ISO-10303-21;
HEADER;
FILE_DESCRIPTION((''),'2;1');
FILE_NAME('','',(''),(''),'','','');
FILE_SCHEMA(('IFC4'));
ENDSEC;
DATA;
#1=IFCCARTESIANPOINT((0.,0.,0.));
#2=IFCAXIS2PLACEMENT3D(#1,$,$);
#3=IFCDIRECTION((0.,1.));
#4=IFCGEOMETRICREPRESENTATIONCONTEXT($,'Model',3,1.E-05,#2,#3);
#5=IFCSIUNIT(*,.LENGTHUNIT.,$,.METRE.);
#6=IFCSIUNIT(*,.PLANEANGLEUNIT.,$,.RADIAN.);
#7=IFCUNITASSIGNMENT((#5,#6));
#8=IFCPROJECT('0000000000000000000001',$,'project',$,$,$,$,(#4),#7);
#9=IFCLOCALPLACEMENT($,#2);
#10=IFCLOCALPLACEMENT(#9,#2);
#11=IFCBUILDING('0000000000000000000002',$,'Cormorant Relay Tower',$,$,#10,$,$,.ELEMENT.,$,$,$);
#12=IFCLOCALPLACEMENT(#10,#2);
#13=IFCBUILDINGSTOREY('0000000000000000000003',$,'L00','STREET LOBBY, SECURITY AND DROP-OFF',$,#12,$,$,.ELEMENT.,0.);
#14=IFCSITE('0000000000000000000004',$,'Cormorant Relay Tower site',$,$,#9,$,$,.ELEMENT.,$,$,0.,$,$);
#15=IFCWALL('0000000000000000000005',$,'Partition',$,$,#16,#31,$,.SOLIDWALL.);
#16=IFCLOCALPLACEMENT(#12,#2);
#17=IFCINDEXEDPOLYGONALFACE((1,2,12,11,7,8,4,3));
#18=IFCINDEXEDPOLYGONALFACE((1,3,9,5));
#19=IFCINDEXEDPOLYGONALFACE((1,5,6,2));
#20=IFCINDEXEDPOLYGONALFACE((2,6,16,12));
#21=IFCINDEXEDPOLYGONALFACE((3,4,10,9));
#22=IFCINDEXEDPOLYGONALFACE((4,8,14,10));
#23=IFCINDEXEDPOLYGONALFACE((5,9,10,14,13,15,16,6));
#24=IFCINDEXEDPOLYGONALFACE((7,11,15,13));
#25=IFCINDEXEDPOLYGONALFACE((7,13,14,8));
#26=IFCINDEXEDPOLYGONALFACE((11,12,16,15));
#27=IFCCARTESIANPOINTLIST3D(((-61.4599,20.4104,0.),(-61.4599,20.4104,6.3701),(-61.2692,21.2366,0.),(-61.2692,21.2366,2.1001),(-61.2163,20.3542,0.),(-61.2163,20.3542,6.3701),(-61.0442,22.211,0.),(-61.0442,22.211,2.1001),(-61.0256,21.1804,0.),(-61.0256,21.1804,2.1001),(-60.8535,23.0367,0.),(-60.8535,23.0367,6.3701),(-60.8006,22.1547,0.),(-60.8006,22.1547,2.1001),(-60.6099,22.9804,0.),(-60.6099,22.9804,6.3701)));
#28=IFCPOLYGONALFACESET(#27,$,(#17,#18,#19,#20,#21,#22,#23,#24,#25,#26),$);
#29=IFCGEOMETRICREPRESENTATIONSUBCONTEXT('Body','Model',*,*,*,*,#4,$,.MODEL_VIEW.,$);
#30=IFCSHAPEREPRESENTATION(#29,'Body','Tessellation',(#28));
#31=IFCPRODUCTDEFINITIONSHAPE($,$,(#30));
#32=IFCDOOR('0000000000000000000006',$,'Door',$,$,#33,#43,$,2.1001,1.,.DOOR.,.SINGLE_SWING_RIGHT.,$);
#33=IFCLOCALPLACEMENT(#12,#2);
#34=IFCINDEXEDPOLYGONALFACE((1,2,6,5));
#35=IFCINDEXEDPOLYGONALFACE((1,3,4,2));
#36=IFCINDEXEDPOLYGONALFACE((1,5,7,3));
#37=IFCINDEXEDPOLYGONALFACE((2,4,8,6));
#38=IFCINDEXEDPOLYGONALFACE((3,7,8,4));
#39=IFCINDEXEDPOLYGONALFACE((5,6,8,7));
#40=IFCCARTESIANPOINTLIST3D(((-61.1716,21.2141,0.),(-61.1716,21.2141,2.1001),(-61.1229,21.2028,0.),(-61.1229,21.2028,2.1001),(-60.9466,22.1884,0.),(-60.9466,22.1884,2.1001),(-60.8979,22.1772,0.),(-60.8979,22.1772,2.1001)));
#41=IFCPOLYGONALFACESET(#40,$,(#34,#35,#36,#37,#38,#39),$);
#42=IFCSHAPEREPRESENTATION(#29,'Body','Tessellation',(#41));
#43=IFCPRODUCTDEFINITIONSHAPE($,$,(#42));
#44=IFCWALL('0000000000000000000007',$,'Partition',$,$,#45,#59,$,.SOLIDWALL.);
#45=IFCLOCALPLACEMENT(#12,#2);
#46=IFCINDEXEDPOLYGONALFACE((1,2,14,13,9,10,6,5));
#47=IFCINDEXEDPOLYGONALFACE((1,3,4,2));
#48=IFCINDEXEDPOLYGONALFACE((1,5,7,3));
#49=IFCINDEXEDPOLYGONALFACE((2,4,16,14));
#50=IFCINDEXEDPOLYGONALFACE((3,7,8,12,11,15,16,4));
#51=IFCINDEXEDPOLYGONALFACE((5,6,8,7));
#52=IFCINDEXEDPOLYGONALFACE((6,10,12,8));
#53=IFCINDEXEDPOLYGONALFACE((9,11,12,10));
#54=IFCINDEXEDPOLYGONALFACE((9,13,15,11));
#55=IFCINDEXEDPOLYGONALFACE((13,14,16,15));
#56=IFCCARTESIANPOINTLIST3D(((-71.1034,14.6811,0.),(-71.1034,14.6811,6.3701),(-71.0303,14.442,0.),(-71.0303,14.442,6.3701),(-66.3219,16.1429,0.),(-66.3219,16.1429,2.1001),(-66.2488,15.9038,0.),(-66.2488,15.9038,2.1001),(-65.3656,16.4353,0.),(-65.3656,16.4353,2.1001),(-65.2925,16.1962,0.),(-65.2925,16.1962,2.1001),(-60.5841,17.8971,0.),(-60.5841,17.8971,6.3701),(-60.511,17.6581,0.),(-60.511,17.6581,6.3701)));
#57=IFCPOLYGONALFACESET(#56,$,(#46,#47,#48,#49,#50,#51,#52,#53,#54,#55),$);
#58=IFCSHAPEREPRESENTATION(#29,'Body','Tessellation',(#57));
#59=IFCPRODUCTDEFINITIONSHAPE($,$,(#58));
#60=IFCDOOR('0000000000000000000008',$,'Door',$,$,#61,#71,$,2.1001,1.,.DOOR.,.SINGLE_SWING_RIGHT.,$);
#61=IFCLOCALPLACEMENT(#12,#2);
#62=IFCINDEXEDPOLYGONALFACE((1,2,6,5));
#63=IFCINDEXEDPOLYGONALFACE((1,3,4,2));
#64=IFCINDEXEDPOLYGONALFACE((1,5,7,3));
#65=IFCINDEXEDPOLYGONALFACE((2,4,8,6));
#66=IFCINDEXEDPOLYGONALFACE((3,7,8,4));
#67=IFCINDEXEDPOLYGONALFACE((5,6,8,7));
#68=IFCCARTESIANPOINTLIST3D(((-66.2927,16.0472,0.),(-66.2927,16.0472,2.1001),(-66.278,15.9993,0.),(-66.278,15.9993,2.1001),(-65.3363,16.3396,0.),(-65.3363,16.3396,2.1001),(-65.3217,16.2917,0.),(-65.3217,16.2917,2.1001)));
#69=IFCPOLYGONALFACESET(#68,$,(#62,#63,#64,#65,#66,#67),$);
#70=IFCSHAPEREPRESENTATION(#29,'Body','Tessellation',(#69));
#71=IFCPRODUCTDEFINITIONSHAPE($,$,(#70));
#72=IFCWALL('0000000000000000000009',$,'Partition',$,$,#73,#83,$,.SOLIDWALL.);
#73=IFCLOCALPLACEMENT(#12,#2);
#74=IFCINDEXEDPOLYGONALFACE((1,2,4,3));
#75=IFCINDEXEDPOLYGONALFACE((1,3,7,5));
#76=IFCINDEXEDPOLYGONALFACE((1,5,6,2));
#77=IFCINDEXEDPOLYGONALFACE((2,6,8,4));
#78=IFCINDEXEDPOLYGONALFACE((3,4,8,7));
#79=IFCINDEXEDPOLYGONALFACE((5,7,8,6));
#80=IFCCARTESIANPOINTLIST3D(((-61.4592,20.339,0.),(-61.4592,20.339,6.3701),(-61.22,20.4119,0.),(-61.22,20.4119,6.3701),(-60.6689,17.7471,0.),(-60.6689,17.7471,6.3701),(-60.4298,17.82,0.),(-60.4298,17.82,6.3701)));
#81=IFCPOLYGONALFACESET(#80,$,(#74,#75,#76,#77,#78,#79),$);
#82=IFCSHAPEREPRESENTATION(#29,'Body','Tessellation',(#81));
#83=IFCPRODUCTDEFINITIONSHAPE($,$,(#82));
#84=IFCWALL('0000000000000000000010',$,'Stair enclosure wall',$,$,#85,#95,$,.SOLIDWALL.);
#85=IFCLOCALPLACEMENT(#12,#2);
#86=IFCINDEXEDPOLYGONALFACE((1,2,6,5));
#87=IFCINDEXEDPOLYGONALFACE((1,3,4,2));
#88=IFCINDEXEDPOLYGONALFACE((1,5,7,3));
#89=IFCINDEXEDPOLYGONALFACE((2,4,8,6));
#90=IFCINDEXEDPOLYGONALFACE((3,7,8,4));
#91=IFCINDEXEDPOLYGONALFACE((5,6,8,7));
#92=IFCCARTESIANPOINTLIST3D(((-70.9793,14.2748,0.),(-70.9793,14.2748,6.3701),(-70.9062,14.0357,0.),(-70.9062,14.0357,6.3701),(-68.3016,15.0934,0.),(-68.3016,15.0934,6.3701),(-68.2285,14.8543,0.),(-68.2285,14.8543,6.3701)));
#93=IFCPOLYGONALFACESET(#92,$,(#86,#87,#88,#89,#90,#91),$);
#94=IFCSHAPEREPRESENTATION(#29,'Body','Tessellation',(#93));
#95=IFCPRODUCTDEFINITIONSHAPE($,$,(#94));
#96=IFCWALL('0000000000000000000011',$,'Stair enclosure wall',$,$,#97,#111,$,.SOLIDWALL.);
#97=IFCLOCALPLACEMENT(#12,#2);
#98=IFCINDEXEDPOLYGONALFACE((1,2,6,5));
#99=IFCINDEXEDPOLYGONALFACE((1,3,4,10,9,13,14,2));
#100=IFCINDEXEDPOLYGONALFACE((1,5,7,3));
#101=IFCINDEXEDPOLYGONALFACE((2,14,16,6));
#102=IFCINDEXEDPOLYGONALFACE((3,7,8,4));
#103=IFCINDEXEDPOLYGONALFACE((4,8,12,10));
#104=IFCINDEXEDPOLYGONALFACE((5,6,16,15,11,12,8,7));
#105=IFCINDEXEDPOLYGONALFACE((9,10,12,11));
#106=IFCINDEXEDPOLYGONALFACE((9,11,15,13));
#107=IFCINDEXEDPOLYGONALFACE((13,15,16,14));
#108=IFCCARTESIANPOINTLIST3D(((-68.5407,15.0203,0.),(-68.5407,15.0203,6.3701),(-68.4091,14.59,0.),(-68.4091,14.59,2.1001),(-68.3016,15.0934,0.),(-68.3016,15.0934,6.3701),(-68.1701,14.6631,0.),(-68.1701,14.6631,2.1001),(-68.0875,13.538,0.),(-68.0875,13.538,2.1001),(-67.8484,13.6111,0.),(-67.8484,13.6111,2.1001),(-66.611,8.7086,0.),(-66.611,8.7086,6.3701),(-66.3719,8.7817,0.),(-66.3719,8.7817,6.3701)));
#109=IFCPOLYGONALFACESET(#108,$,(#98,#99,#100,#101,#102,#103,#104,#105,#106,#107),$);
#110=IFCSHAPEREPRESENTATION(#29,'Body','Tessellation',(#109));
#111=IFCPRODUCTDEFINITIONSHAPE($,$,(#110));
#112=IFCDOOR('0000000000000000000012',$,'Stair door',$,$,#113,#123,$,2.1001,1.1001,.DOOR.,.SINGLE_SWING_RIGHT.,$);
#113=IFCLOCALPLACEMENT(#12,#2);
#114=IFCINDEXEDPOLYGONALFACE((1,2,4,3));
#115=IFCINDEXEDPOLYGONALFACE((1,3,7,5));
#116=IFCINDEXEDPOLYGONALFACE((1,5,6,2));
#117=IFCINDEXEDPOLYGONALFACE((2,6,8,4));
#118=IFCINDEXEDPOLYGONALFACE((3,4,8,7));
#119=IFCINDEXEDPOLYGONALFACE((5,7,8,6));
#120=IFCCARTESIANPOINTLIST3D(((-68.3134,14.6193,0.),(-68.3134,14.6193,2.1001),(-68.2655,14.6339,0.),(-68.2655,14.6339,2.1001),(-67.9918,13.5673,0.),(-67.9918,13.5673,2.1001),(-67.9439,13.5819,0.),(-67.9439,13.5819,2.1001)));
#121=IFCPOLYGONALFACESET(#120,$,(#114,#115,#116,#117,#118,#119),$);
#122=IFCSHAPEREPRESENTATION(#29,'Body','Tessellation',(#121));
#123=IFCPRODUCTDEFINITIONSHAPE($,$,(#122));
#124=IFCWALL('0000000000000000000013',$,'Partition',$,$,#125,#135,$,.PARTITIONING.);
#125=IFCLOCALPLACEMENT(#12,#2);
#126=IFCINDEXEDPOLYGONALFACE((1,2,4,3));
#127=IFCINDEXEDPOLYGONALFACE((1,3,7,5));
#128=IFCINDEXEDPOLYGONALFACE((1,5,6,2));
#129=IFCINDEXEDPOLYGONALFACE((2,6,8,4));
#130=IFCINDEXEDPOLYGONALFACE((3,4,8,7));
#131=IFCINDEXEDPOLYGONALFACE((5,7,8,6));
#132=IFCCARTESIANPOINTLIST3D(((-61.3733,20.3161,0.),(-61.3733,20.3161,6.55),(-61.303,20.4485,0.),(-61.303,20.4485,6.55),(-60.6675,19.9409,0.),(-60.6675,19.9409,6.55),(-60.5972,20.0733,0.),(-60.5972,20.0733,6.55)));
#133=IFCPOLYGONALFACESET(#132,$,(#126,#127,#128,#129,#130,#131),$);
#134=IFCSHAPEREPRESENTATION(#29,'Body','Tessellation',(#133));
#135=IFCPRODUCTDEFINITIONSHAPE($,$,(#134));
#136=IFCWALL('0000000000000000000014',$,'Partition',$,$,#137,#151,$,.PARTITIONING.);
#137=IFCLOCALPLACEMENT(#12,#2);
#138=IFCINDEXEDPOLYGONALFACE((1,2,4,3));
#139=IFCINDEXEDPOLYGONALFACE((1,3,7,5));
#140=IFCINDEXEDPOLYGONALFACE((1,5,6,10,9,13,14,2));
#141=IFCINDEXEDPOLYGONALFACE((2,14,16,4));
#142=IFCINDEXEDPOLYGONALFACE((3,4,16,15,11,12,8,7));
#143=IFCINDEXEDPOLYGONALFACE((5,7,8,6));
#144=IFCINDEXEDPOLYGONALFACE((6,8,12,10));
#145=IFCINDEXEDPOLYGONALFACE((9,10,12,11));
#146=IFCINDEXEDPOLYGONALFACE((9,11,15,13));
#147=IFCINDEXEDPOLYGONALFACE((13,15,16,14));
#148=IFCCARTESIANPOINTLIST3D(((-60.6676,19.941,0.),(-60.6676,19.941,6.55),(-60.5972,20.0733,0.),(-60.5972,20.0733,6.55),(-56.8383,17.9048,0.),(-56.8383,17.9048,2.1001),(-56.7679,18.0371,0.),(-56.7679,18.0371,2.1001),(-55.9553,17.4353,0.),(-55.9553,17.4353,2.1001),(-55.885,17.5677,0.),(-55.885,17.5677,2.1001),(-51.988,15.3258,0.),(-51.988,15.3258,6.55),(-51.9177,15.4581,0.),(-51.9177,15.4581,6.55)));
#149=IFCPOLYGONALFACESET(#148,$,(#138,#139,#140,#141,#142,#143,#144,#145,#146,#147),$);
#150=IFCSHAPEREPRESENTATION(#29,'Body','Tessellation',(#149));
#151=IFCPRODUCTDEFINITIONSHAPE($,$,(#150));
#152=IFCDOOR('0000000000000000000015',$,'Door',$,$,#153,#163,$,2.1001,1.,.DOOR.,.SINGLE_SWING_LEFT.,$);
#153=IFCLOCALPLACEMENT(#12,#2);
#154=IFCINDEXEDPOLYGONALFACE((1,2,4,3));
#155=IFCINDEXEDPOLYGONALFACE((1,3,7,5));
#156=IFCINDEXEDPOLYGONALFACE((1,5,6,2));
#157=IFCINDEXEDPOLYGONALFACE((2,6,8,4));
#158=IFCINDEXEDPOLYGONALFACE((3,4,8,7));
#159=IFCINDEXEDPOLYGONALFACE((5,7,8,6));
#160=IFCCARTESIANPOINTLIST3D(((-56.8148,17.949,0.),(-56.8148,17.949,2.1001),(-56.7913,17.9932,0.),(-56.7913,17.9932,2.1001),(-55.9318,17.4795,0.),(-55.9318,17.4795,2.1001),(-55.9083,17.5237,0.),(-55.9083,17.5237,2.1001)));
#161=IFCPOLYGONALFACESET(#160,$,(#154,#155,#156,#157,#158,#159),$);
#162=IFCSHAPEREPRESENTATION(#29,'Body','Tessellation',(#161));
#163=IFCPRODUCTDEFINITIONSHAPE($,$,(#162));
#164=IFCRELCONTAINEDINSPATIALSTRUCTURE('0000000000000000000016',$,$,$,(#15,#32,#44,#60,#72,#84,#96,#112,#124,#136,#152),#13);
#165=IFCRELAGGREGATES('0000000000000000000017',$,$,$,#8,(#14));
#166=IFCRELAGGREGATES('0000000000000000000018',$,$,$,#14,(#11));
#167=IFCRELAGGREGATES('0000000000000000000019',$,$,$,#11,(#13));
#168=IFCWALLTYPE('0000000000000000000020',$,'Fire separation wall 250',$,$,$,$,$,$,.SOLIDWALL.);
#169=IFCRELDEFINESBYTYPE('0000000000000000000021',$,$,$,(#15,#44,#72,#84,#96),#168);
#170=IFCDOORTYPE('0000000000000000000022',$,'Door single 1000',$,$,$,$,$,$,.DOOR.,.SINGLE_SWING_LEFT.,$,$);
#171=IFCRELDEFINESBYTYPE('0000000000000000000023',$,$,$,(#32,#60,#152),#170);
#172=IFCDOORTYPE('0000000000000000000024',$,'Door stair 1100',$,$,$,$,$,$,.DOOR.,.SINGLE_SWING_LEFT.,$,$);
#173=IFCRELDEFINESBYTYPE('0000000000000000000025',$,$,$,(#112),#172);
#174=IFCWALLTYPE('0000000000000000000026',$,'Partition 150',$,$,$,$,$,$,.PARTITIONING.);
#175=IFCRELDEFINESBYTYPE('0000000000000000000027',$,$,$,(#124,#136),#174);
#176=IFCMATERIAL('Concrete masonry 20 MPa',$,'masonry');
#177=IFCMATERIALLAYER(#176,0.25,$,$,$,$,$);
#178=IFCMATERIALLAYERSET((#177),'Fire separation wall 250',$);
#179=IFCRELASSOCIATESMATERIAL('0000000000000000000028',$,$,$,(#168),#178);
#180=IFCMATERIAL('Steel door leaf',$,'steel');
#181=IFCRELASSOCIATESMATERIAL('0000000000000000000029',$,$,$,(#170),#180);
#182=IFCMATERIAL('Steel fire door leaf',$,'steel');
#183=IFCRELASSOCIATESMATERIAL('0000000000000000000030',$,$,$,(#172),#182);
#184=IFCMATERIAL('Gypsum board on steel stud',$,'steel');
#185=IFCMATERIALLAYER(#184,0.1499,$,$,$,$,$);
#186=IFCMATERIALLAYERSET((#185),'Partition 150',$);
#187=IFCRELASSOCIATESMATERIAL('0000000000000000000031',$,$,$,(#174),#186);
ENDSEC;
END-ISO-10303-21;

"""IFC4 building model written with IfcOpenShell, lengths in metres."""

from ifc_helpers import new_model, si_unit, direction, frame, frame_2d, origin, place, context, subcontext, project, spatial, rectangle, extrude, material, layer, layer_set, type_object, element, fill, save


model = new_model("IFC4")

# Units and contexts
model_context = context("Model", 3, precision=1e-05, world=origin(), true_north=direction((0.0, 1.0)))
body_context = subcontext(model_context, "Body", "Model", "MODEL_VIEW")
ifc_project = project(units=[si_unit("LENGTHUNIT", "METRE"), si_unit("PLANEANGLEUNIT", "RADIAN")], contexts=[model_context])

# Site, building, storey
site_placement = place(None, origin())
site = spatial("IfcSite", under=ifc_project, at=site_placement, Name="Cormorant Relay Tower site", CompositionType="ELEMENT", RefElevation=0.0)
building_placement = place(site_placement, origin())
building = spatial("IfcBuilding", under=site, at=building_placement, Name="Cormorant Relay Tower", CompositionType="ELEMENT")
storey_placement = place(building_placement, origin())
storey = spatial("IfcBuildingStorey", under=building, at=storey_placement, Name="L00", Description="STREET LOBBY, SECURITY AND DROP-OFF", CompositionType="ELEMENT", Elevation=0.0)

# Walls, openings, doors
ifc_material_1 = material(Name="Concrete masonry 20 MPa", Category="masonry")
ifc_layer_1 = layer(ifc_material_1, 0.25)
ifc_layer_set_1 = layer_set([ifc_layer_1], Name="Fire separation wall 250")
wall_type_1 = type_object("IfcWallType", Name="Fire separation wall 250", PredefinedType="SOLIDWALL", material=ifc_layer_set_1)
wall_1_placement = place(storey_placement, frame((-61.3381, 20.3823, 0.0), z_axis=(0.0, 0.0, 1.0), x_axis=(0.224998, 0.974359, 0.0)))
wall_1 = element("IfcWall", 1, at=wall_1_placement, inside=storey, type_object=wall_type_1, Name="Partition", PredefinedType="SOLIDWALL", context=body_context, shape_type="SweptSolid", body=[
    extrude(rectangle(XDim=2.6953, YDim=0.25, at=frame_2d((1.3477, 0.0))), origin(), (0.0, 0.0, 1.0), 6.3701),
])
opening_1_placement = place(wall_1_placement, frame((0.8479, 0.0, 0.0)))
opening_1 = element("IfcOpeningElement", 2, at=opening_1_placement, cuts=wall_1, PredefinedType="OPENING", context=body_context, shape_type="SweptSolid", body=[
    extrude(rectangle(XDim=1.0, YDim=2.1001, at=frame_2d((0.5, 1.05))), frame((0.0, 0.135, 0.0), z_axis=(0.0, -1.0, 0.0), x_axis=(1.0, 0.0, 0.0)), (0.0, 0.0, 1.0), 0.27),
])
ifc_material_2 = material(Name="Steel door leaf", Category="steel")
door_type_1 = type_object("IfcDoorType", Name="Door single 1000", OperationType="SINGLE_SWING_LEFT", PredefinedType="DOOR", material=ifc_material_2)
door_1_placement = place(opening_1_placement, origin())
door_1 = element("IfcDoor", 3, at=door_1_placement, inside=storey, type_object=door_type_1, Name="Door", OperationType="SINGLE_SWING_RIGHT", OverallHeight=2.1001, OverallWidth=1.0, PredefinedType="DOOR", context=body_context, shape_type="SweptSolid", body=[
    extrude(rectangle(XDim=1.0, YDim=2.1001, at=frame_2d((0.5, 1.05))), frame((0.0, 0.0249, 0.0), z_axis=(0.0, -1.0, 0.0), x_axis=(1.0, 0.0, 0.0)), (0.0, 0.0, 1.0), 0.05),
])
fill(opening_1, door_1)
wall_2_placement = place(storey_placement, frame((-71.0669, 14.5615, 0.0), z_axis=(0.0, 0.0, 1.0), x_axis=(0.956305, 0.292371, 0.0)))
wall_2 = element("IfcWall", 4, at=wall_2_placement, inside=storey, type_object=wall_type_1, Name="Partition", PredefinedType="SOLIDWALL", context=body_context, shape_type="SweptSolid", body=[
    extrude(rectangle(XDim=11.0, YDim=0.25, at=frame_2d((5.5, 0.0))), origin(), (0.0, 0.0, 1.0), 6.3701),
])
opening_2_placement = place(wall_2_placement, frame((5.0, 0.0, 0.0)))
opening_2 = element("IfcOpeningElement", 5, at=opening_2_placement, cuts=wall_2, PredefinedType="OPENING", context=body_context, shape_type="SweptSolid", body=[
    extrude(rectangle(XDim=1.0, YDim=2.1001, at=frame_2d((0.5, 1.05))), frame((0.0, 0.135, 0.0), z_axis=(0.0, -1.0, 0.0), x_axis=(1.0, 0.0, 0.0)), (0.0, 0.0, 1.0), 0.27),
])
door_2_placement = place(opening_2_placement, origin())
door_2 = element("IfcDoor", 6, at=door_2_placement, inside=storey, type_object=door_type_1, Name="Door", OperationType="SINGLE_SWING_RIGHT", OverallHeight=2.1001, OverallWidth=1.0, PredefinedType="DOOR", context=body_context, shape_type="SweptSolid", body=[
    extrude(rectangle(XDim=1.0, YDim=2.1001, at=frame_2d((0.5, 1.05))), frame((0.0, 0.0249, 0.0), z_axis=(0.0, -1.0, 0.0), x_axis=(1.0, 0.0, 0.0)), (0.0, 0.0, 1.0), 0.05),
])
fill(opening_2, door_2)

# Walls
wall_3_placement = place(storey_placement, frame((-60.5493, 17.7834, 0.0), z_axis=(0.0, 0.0, 1.0), x_axis=(-0.291635, 0.95653, 0.0)))
element("IfcWall", 7, at=wall_3_placement, inside=storey, type_object=wall_type_1, Name="Partition", PredefinedType="SOLIDWALL", context=body_context, shape_type="SweptSolid", body=[
    extrude(rectangle(XDim=2.7097, YDim=0.25, at=frame_2d((1.355, 0.0))), origin(), (0.0, 0.0, 1.0), 6.3701),
])
wall_4_placement = place(storey_placement, frame((-70.9426, 14.1553, 0.0), z_axis=(0.0, 0.0, 1.0), x_axis=(0.956311, 0.292351, 0.0)))
element("IfcWall", 8, at=wall_4_placement, inside=storey, type_object=wall_type_1, Name="Stair enclosure wall", PredefinedType="SOLIDWALL", context=body_context, shape_type="SweptSolid", body=[
    extrude(rectangle(XDim=2.8, YDim=0.25, at=frame_2d((1.3999, 0.0))), origin(), (0.0, 0.0, 1.0), 6.3701),
])

# Wall, opening, door
wall_5_placement = place(storey_placement, frame((-68.4211, 15.0569, 0.0), z_axis=(0.0, 0.0, 1.0), x_axis=(0.29237, -0.956305, 0.0)))
wall_5 = element("IfcWall", 9, at=wall_5_placement, inside=storey, type_object=wall_type_1, Name="Stair enclosure wall", PredefinedType="SOLIDWALL", context=body_context, shape_type="SweptSolid", body=[
    extrude(rectangle(XDim=6.6001, YDim=0.25, at=frame_2d((3.3, 0.0))), origin(), (0.0, 0.0, 1.0), 6.3701),
])
opening_3_placement = place(wall_5_placement, frame((0.45, 0.0, 0.0)))
opening_3 = element("IfcOpeningElement", 10, at=opening_3_placement, cuts=wall_5, PredefinedType="OPENING", context=body_context, shape_type="SweptSolid", body=[
    extrude(rectangle(XDim=1.1001, YDim=2.1001, at=frame_2d((0.55, 1.05))), frame((0.0, 0.135, 0.0), z_axis=(0.0, -1.0, 0.0), x_axis=(1.0, 0.0, 0.0)), (0.0, 0.0, 1.0), 0.27),
])
ifc_material_3 = material(Name="Steel fire door leaf", Category="steel")
door_type_2 = type_object("IfcDoorType", Name="Door stair 1100", OperationType="SINGLE_SWING_LEFT", PredefinedType="DOOR", material=ifc_material_3)
door_3_placement = place(opening_3_placement, frame((1.1001, 0.0, 0.0), z_axis=(0.0, 0.0, 1.0), x_axis=(-1.0, 0.0, 0.0)))
door_3 = element("IfcDoor", 11, at=door_3_placement, inside=storey, type_object=door_type_2, Name="Stair door", OperationType="SINGLE_SWING_RIGHT", OverallHeight=2.1001, OverallWidth=1.1001, PredefinedType="DOOR", context=body_context, shape_type="SweptSolid", body=[
    extrude(rectangle(XDim=1.1001, YDim=2.1001, at=frame_2d((0.55, 1.05))), frame((0.0, 0.0249, 0.0), z_axis=(0.0, -1.0, 0.0), x_axis=(1.0, 0.0, 0.0)), (0.0, 0.0, 1.0), 0.05),
])
fill(opening_3, door_3)

# Wall
ifc_material_4 = material(Name="Gypsum board on steel stud", Category="steel")
ifc_layer_2 = layer(ifc_material_4, 0.1499)
ifc_layer_set_2 = layer_set([ifc_layer_2], Name="Partition 150")
wall_type_2 = type_object("IfcWallType", Name="Partition 150", PredefinedType="PARTITIONING", material=ifc_layer_set_2)
wall_6_placement = place(storey_placement, frame((-61.3381, 20.3823, 0.0), z_axis=(0.0, 0.0, 1.0), x_axis=(0.882969, -0.469431, 0.0)))
element("IfcWall", 12, at=wall_6_placement, inside=storey, type_object=wall_type_2, Name="Partition", PredefinedType="PARTITIONING", context=body_context, shape_type="SweptSolid", body=[
    extrude(rectangle(XDim=0.7993, YDim=0.1499, at=frame_2d((0.3997, 0.0))), origin(), (0.0, 0.0, 1.0), 6.55),
])

# Wall, opening, door
wall_7_placement = place(storey_placement, frame((-60.6323, 20.0071, 0.0), z_axis=(0.0, 0.0, 1.0), x_axis=(0.882941, -0.469484, 0.0)))
wall_7 = element("IfcWall", 13, at=wall_7_placement, inside=storey, type_object=wall_type_2, Name="Partition", PredefinedType="PARTITIONING", context=body_context, shape_type="SweptSolid", body=[
    extrude(rectangle(XDim=9.8303, YDim=0.1499, at=frame_2d((4.915, 0.0))), origin(), (0.0, 0.0, 1.0), 6.55),
])
opening_4_placement = place(wall_7_placement, frame((4.3369, 0.0, 0.0)))
opening_4 = element("IfcOpeningElement", 14, at=opening_4_placement, cuts=wall_7, PredefinedType="OPENING", context=body_context, shape_type="SweptSolid", body=[
    extrude(rectangle(XDim=1.0, YDim=2.1001, at=frame_2d((0.5, 1.05))), frame((0.0, 0.085, 0.0), z_axis=(0.0, -1.0, 0.0), x_axis=(1.0, 0.0, 0.0)), (0.0, 0.0, 1.0), 0.1699),
])
door_4_placement = place(opening_4_placement, frame((1.0, 0.0, 0.0), z_axis=(0.0, 0.0, 1.0), x_axis=(-1.0, 0.0, 0.0)))
door_4 = element("IfcDoor", 15, at=door_4_placement, inside=storey, type_object=door_type_1, Name="Door", OperationType="SINGLE_SWING_LEFT", OverallHeight=2.1001, OverallWidth=1.0, PredefinedType="DOOR", context=body_context, shape_type="SweptSolid", body=[
    extrude(rectangle(XDim=1.0, YDim=2.1001, at=frame_2d((0.5, 1.05))), frame((0.0, 0.0249, 0.0), z_axis=(0.0, -1.0, 0.0), x_axis=(1.0, 0.0, 0.0)), (0.0, 0.0, 1.0), 0.05),
])
fill(opening_4, door_4)

save(model, "model.ifc")
